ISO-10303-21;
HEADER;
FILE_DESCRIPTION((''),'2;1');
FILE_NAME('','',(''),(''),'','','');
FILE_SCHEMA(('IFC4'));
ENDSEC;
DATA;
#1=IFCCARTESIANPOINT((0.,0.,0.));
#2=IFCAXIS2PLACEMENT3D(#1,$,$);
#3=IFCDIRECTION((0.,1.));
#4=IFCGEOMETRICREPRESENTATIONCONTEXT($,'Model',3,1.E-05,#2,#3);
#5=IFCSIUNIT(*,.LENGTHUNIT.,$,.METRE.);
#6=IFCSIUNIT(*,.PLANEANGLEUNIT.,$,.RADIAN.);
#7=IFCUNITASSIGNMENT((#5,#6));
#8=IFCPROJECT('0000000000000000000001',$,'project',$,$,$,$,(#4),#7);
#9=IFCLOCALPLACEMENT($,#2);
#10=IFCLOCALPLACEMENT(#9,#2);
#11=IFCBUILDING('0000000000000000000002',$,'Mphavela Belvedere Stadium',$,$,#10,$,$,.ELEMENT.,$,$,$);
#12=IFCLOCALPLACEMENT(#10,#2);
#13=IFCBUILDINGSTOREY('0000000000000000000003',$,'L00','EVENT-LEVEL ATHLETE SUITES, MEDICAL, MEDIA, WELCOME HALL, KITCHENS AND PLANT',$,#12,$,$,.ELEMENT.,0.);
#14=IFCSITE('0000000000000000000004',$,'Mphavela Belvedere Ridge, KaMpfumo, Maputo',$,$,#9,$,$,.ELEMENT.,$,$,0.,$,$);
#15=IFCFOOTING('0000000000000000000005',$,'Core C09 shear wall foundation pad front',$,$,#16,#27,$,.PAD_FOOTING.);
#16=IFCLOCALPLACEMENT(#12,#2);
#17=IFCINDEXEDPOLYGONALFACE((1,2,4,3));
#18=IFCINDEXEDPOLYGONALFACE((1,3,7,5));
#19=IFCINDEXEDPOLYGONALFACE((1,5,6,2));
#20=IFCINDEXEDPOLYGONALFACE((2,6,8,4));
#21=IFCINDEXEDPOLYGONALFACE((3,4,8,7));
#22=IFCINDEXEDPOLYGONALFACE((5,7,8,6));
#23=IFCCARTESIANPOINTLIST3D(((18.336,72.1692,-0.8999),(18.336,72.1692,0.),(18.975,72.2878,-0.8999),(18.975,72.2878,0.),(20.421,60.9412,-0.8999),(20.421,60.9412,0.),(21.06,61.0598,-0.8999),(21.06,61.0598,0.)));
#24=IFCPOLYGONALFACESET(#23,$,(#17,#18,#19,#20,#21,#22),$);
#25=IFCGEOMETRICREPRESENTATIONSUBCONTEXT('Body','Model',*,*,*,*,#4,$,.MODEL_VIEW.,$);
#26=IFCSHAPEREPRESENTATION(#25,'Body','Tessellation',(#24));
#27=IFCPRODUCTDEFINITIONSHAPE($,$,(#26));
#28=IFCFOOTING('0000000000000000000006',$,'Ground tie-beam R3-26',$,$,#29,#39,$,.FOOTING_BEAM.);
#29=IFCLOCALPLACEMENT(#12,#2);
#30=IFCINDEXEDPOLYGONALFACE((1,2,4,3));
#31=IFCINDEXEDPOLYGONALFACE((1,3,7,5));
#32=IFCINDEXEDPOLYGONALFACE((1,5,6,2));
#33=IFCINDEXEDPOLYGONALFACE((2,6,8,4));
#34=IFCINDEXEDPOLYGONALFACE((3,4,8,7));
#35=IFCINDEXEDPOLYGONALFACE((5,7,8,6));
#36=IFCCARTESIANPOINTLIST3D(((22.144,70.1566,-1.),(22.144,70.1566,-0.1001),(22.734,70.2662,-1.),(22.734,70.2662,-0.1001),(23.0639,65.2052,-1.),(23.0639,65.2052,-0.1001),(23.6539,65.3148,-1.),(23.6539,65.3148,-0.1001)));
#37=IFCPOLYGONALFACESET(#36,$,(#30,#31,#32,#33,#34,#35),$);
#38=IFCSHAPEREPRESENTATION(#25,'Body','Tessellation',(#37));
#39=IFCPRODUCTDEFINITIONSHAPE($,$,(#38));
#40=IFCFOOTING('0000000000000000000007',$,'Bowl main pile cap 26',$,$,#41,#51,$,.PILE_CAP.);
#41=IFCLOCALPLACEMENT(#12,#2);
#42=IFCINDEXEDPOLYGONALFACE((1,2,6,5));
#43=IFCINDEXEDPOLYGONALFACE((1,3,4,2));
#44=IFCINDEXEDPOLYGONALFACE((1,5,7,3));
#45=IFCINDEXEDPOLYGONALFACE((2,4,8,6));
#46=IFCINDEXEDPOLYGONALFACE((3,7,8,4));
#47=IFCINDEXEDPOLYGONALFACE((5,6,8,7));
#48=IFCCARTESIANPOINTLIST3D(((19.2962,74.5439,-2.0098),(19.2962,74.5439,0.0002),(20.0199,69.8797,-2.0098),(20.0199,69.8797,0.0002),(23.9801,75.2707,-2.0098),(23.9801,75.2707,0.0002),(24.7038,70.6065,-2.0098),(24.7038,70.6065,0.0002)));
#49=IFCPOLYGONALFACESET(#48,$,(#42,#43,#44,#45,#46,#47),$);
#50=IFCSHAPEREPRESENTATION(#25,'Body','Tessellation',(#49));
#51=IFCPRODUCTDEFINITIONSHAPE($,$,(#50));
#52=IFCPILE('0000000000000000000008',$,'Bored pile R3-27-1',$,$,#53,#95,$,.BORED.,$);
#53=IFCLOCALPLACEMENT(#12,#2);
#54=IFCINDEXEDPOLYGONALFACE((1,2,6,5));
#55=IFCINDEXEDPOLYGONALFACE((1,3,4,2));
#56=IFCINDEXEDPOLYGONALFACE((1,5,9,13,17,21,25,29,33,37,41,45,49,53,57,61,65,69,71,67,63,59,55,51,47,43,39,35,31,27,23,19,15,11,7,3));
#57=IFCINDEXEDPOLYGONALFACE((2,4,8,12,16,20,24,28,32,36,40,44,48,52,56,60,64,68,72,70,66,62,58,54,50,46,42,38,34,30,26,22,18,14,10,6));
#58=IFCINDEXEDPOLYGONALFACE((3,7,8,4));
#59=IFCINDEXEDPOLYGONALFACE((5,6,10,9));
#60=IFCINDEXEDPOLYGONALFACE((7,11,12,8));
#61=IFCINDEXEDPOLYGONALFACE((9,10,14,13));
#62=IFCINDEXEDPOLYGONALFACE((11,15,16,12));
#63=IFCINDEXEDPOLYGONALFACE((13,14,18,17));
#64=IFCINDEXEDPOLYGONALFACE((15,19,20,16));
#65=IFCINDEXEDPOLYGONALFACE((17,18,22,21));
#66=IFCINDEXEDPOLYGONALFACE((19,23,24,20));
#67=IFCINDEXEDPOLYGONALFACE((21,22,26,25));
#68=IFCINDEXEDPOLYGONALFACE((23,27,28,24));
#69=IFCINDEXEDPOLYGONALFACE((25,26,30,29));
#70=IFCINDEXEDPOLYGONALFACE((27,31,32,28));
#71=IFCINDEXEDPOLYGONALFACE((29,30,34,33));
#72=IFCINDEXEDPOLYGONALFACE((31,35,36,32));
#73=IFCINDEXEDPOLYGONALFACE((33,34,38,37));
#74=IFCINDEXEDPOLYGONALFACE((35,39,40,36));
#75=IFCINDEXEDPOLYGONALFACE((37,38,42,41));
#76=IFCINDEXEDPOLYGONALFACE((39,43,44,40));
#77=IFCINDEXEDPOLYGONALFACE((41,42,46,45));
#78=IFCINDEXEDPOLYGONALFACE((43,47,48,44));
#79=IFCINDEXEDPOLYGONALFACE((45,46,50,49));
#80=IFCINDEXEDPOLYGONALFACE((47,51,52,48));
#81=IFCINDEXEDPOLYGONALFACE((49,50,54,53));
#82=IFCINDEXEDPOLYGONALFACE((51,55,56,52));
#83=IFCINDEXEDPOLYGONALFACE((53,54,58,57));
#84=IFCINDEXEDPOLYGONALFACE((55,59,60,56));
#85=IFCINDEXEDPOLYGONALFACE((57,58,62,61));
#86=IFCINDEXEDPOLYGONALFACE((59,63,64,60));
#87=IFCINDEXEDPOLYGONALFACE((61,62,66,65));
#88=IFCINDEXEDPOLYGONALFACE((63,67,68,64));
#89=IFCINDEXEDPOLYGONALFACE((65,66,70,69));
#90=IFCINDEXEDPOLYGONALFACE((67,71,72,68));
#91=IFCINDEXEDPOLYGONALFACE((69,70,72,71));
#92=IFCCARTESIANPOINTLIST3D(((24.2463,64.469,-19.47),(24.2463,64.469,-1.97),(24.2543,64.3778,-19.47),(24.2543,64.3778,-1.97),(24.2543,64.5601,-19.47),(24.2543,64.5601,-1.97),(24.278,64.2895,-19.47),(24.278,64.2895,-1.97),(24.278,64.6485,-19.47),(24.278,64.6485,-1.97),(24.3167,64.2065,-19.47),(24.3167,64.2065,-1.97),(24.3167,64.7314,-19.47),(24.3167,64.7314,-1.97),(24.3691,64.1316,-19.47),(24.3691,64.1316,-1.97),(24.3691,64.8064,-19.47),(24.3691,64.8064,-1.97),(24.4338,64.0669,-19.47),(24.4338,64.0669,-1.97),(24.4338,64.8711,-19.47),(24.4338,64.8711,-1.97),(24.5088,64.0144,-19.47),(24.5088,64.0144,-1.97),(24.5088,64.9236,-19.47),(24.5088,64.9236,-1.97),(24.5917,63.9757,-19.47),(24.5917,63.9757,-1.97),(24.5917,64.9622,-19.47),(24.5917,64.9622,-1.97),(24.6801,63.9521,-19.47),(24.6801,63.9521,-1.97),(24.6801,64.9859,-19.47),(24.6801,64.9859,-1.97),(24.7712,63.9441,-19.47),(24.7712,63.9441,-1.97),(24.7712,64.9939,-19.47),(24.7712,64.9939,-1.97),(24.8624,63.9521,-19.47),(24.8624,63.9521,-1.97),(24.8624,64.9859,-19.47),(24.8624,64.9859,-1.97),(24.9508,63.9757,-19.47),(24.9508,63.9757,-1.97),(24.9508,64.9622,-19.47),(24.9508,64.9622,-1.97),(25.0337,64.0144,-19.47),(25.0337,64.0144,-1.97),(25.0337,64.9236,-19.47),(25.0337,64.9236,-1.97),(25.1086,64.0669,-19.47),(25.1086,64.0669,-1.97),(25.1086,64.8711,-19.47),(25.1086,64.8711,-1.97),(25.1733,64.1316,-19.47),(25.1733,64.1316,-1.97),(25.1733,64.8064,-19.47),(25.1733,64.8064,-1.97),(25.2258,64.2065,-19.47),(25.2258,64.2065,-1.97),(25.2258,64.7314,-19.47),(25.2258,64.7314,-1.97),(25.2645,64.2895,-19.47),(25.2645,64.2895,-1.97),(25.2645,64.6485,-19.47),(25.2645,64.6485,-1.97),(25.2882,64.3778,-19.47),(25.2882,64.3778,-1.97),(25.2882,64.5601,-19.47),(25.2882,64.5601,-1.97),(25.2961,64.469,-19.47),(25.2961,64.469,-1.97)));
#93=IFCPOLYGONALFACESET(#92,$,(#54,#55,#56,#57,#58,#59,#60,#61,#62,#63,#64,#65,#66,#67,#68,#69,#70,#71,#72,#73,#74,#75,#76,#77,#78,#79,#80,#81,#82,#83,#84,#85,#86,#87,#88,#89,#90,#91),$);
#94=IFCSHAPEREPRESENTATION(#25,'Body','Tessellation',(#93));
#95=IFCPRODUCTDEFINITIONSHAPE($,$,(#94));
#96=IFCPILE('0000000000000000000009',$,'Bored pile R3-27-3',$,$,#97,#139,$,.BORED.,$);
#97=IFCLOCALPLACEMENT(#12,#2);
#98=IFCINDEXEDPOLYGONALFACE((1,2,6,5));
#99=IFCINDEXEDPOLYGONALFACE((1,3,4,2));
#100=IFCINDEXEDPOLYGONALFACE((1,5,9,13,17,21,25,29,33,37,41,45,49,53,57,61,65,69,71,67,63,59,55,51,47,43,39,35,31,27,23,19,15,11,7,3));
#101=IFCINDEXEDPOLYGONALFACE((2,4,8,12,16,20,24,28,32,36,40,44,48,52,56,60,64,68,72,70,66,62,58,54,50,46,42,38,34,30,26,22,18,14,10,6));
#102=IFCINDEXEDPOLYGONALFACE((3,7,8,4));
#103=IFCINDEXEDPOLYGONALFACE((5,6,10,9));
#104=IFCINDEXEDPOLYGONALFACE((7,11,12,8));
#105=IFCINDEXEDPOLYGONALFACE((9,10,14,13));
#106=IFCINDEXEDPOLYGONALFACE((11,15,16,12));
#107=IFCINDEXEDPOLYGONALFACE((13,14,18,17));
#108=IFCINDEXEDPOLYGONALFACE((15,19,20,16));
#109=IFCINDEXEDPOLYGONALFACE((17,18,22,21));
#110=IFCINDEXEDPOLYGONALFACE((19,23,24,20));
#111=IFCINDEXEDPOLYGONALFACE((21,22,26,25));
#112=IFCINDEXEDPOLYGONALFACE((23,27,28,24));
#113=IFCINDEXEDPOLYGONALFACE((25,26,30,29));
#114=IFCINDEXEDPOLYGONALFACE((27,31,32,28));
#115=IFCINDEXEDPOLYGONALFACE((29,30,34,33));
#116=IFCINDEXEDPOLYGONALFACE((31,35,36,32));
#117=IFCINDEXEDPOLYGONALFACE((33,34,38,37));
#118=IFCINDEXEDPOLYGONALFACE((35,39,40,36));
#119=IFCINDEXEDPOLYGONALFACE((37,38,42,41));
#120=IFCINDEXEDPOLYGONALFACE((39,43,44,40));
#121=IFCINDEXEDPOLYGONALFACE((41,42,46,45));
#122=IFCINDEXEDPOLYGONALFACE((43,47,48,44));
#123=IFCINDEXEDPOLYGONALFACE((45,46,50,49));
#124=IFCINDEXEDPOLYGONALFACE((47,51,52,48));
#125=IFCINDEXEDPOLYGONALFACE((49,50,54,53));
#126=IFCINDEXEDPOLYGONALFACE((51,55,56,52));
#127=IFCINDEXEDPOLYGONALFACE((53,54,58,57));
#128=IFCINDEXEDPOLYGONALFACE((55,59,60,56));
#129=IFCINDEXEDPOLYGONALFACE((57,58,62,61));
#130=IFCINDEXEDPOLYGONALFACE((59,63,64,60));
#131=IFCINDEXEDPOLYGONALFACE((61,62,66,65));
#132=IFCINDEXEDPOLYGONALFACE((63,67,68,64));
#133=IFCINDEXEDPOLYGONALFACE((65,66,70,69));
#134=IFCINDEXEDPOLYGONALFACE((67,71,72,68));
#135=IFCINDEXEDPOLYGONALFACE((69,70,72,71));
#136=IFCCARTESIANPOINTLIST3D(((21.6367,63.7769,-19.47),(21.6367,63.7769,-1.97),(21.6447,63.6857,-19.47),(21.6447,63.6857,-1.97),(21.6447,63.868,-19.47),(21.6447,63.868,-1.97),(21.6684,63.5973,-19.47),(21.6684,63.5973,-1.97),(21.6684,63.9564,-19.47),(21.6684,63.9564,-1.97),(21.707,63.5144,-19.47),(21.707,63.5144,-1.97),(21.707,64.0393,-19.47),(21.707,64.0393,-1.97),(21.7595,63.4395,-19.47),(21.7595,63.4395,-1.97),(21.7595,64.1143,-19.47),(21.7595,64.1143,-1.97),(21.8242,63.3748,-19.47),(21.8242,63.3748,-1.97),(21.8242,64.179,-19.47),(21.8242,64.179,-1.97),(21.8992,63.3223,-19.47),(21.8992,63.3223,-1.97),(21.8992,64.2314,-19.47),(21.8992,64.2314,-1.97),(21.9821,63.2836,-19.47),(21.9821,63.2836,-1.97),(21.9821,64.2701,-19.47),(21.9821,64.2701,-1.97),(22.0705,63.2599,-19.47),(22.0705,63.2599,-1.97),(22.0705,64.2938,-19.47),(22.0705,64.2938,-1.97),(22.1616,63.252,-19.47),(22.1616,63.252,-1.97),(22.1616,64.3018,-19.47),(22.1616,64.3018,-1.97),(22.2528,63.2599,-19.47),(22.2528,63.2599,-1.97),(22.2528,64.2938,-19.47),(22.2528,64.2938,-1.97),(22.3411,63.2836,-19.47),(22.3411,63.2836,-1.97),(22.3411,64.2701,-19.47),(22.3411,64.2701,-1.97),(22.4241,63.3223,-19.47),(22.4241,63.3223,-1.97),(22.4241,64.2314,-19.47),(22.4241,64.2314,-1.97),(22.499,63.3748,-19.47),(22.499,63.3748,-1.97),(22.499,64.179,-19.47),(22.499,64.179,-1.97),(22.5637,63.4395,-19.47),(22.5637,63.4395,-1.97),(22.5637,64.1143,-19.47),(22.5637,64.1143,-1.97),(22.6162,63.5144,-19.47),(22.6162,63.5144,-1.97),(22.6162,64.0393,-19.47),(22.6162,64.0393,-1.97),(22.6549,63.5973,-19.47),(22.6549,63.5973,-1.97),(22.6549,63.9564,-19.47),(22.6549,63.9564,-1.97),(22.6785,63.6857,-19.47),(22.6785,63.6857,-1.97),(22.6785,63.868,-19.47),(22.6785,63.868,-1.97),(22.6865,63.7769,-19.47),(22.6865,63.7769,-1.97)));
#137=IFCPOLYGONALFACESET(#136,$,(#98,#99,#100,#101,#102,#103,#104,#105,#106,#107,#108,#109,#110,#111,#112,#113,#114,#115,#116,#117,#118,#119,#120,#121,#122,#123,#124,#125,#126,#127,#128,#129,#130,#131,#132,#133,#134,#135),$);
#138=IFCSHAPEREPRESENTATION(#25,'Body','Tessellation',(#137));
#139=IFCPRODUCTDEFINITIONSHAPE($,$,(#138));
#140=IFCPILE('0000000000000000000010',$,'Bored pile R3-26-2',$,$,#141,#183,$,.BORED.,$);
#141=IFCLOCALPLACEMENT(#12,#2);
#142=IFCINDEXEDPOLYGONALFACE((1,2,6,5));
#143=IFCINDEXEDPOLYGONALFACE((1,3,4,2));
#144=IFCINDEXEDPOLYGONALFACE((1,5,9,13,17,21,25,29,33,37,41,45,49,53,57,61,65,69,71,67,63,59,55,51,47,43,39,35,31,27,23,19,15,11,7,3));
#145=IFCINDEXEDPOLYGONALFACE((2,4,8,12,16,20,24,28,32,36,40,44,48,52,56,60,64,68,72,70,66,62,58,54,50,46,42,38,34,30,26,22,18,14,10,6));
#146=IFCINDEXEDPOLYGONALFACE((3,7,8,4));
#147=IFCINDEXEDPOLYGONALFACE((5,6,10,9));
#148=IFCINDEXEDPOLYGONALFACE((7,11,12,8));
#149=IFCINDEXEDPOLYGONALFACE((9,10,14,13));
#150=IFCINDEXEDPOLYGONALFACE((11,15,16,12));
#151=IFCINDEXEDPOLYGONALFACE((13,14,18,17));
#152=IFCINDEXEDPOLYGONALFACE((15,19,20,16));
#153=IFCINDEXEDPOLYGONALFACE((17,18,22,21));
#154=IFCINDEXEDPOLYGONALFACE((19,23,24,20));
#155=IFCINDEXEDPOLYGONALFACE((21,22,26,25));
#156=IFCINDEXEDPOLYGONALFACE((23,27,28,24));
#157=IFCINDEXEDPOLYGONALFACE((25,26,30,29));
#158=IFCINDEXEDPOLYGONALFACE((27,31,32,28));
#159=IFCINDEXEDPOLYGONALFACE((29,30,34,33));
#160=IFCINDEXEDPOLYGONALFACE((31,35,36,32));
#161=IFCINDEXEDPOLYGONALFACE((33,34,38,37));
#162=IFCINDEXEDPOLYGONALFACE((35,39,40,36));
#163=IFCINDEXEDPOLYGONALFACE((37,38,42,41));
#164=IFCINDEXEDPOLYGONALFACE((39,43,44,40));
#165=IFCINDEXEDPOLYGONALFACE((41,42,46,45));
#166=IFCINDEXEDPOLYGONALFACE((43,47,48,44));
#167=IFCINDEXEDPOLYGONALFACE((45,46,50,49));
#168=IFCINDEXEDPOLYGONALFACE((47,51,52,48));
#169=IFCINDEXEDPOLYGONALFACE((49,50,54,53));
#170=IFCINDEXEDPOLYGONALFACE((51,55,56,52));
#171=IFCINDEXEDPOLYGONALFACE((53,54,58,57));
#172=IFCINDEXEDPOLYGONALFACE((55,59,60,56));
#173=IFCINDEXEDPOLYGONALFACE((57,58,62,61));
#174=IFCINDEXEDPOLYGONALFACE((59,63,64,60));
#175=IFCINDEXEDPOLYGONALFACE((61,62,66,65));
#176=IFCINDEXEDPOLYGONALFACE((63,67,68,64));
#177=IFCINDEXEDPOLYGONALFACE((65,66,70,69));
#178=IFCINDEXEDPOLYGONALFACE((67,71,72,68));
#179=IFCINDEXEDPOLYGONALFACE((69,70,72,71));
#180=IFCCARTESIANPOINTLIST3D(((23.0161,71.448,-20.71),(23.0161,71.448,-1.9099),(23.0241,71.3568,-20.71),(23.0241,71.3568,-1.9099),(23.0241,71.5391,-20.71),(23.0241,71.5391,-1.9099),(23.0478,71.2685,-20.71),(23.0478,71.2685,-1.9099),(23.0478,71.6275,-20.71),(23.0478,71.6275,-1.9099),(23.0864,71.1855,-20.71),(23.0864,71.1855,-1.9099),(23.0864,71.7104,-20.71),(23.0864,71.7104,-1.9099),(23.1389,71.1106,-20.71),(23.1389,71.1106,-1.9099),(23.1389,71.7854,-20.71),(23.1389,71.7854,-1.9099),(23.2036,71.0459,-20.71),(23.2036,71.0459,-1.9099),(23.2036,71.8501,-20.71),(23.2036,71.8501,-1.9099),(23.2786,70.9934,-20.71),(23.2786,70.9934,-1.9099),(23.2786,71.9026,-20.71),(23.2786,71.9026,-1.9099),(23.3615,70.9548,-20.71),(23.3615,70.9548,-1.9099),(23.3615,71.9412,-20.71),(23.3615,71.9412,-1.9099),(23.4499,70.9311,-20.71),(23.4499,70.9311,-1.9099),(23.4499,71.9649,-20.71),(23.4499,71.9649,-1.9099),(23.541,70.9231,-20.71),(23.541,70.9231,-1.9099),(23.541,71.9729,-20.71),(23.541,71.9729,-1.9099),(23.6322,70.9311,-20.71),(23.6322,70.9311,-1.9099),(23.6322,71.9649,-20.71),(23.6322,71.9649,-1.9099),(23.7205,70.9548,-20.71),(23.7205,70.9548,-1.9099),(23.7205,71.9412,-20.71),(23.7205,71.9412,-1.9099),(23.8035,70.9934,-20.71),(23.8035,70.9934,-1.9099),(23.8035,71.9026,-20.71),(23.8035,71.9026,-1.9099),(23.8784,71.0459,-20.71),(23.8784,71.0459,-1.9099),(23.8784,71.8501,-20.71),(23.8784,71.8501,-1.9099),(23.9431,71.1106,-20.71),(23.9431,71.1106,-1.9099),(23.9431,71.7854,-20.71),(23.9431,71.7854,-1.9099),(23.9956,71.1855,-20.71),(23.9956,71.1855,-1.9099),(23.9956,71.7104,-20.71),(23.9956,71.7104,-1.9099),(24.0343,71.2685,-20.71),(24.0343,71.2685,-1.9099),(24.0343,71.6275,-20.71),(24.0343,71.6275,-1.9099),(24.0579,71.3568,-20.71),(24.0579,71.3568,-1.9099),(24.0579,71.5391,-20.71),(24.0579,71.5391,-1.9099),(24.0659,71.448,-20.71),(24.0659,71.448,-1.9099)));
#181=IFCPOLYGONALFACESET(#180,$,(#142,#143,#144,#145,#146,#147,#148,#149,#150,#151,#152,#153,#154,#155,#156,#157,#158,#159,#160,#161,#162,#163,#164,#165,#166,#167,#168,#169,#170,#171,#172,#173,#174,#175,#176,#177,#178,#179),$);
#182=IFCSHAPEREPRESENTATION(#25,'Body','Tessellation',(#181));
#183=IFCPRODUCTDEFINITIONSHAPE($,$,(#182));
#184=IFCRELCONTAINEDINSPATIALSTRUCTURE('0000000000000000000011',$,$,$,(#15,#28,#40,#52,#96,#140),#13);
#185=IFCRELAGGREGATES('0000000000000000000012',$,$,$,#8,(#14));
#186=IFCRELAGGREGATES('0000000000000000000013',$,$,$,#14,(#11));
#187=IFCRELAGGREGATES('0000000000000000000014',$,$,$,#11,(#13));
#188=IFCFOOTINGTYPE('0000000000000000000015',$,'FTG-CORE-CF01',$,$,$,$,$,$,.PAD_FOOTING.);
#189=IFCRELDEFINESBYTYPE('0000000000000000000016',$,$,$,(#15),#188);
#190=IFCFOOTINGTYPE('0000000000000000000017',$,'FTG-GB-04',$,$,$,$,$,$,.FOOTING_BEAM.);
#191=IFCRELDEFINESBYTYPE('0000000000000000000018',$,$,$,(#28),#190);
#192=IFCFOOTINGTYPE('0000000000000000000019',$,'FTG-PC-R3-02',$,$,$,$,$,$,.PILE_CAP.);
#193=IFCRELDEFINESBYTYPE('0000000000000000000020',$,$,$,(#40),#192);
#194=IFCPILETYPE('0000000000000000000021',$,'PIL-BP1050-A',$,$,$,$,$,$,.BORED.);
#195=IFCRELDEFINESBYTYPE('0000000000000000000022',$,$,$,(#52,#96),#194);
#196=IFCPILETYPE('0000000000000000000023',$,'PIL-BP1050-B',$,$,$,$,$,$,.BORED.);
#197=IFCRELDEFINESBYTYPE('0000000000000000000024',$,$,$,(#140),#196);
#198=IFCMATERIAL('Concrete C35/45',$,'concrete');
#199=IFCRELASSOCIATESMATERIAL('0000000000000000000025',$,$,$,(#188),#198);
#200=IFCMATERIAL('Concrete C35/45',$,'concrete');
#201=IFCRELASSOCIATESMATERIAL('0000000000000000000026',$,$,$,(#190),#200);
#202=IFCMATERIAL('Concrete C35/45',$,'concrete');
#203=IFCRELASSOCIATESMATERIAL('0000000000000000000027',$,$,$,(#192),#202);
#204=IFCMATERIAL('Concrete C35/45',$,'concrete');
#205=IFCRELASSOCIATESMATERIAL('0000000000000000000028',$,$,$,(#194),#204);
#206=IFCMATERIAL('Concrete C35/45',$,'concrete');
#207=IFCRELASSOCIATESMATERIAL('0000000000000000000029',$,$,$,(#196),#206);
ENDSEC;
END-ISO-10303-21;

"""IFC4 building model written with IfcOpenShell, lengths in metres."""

from ifc_helpers import new_model, si_unit, direction, frame, origin, origin_2d, place, context, subcontext, project, spatial, rectangle, circle, extrude, material, material_profile, profile_set, type_object, element, save


model = new_model("IFC4")

# Units and contexts
model_context = context("Model", 3, precision=1e-05, world=origin(), true_north=direction((0.0, 1.0)))
body_context = subcontext(model_context, "Body", "Model", "MODEL_VIEW")
ifc_project = project(units=[si_unit("LENGTHUNIT", "METRE"), si_unit("PLANEANGLEUNIT", "RADIAN")], contexts=[model_context])

# Site, building, storey
site_placement = place(None, origin())
site = spatial("IfcSite", under=ifc_project, at=site_placement, Name="Mphavela Belvedere Ridge, KaMpfumo, Maputo", CompositionType="ELEMENT", RefElevation=0.0)
building_placement = place(site_placement, origin())
building = spatial("IfcBuilding", under=site, at=building_placement, Name="Mphavela Belvedere Stadium", CompositionType="ELEMENT")
storey_placement = place(building_placement, origin())
storey = spatial("IfcBuildingStorey", under=building, at=storey_placement, Name="L00", Description="EVENT-LEVEL ATHLETE SUITES, MEDICAL, MEDIA, WELCOME HALL, KITCHENS AND PLANT", CompositionType="ELEMENT", Elevation=0.0)

# Footings
ifc_material_1 = material(Name="Concrete C35/45", Category="concrete")
footing_type_1 = type_object("IfcFootingType", Name="FTG-CORE-CF01", PredefinedType="PAD_FOOTING", material=ifc_material_1)
footing_1_placement = place(storey_placement, frame((19.698, 66.6145, -0.8999), z_axis=(0.0, 0.0, 1.0), x_axis=(-0.182579, 0.983191, 0.0)))
element("IfcFooting", 1, at=footing_1_placement, inside=storey, type_object=footing_type_1, Name="Core C09 shear wall foundation pad front", PredefinedType="PAD_FOOTING", context=body_context, shape_type="SweptSolid", body=[
    extrude(rectangle(XDim=11.4199, YDim=0.6499, at=origin_2d()), origin(), (0.0, 0.0, 1.0), 0.8999),
])
ifc_material_2 = material(Name="Concrete C35/45", Category="concrete")
ifc_material_profile_1 = material_profile(ifc_material_2, rectangle(XDim=0.6001, YDim=0.8999, at=origin_2d()), Name="GB 600x900")
ifc_profile_set_1 = profile_set([ifc_material_profile_1], Name="Concrete C35/45")
footing_type_2 = type_object("IfcFootingType", Name="FTG-GB-04", PredefinedType="FOOTING_BEAM", material=ifc_profile_set_1)
footing_2_placement = place(storey_placement, frame((22.439, 70.2114, -0.55), z_axis=(0.182664, -0.983175, 0.0), x_axis=(0.983175, 0.182664, 0.0)))
element("IfcFooting", 2, at=footing_2_placement, inside=storey, type_object=footing_type_2, Name="Ground tie-beam R3-26", PredefinedType="FOOTING_BEAM", context=body_context, shape_type="SweptSolid", body=[
    extrude(rectangle(XDim=0.6001, YDim=0.8999, at=origin_2d()), origin(), (0.0, 0.0, 1.0), 5.0361),
])
ifc_material_3 = material(Name="Concrete C35/45", Category="concrete")
footing_type_3 = type_object("IfcFootingType", Name="FTG-PC-R3-02", PredefinedType="PILE_CAP", material=ifc_material_3)
footing_3_placement = place(storey_placement, frame((22.0, 72.5752, -2.0098), z_axis=(0.0, 0.0, 1.0), x_axis=(-0.988175, -0.153331, 0.0)))
element("IfcFooting", 3, at=footing_3_placement, inside=storey, type_object=footing_type_3, Name="Bowl main pile cap 26", PredefinedType="PILE_CAP", context=body_context, shape_type="SweptSolid", body=[
    extrude(rectangle(XDim=4.74, YDim=4.72, at=origin_2d()), origin(), (0.0, 0.0, 1.0), 2.01),
])

# Piles
ifc_material_4 = material(Name="Concrete C35/45", Category="concrete")
ifc_material_profile_2 = material_profile(ifc_material_4, circle(Radius=0.5249, at=origin_2d()), Name="BP D1050")
ifc_profile_set_2 = profile_set([ifc_material_profile_2], Name="Concrete C35/45")
pile_type_1 = type_object("IfcPileType", Name="PIL-BP1050-A", PredefinedType="BORED", material=ifc_profile_set_2)
for number, where, z_axis, x_axis, name in (
    (4, (24.7712, 64.469, -1.97), (0.0, 0.0, -1.0), (1.0, 0.0, 0.0), "Bored pile R3-27-1"),
    (5, (22.1616, 63.7769, -1.97), (0.0, 0.0, -1.0), (1.0, 0.0, 0.0), "Bored pile R3-27-3"),
):
    element("IfcPile", number, at=place(storey_placement, frame(where, z_axis=z_axis, x_axis=x_axis)), inside=storey, type_object=pile_type_1, Name=name, PredefinedType="BORED", context=body_context, shape_type="SweptSolid", body=[
        extrude(circle(Radius=0.5249, at=origin_2d()), origin(), (0.0, 0.0, 1.0), 17.5),
    ])
ifc_material_5 = material(Name="Concrete C35/45", Category="concrete")
ifc_material_profile_3 = material_profile(ifc_material_5, circle(Radius=0.5249, at=origin_2d()), Name="BP D1050")
ifc_profile_set_3 = profile_set([ifc_material_profile_3], Name="Concrete C35/45")
pile_type_2 = type_object("IfcPileType", Name="PIL-BP1050-B", PredefinedType="BORED", material=ifc_profile_set_3)
for number, where, z_axis, x_axis, name in (
    (6, (23.541, 71.448, -1.9099), (0.0, 0.0, -1.0), (1.0, 0.0, 0.0), "Bored pile R3-26-2"),
):
    element("IfcPile", number, at=place(storey_placement, frame(where, z_axis=z_axis, x_axis=x_axis)), inside=storey, type_object=pile_type_2, Name=name, PredefinedType="BORED", context=body_context, shape_type="SweptSolid", body=[
        extrude(circle(Radius=0.5249, at=origin_2d()), origin(), (0.0, 0.0, 1.0), 18.8),
    ])

save(model, "model.ifc")
